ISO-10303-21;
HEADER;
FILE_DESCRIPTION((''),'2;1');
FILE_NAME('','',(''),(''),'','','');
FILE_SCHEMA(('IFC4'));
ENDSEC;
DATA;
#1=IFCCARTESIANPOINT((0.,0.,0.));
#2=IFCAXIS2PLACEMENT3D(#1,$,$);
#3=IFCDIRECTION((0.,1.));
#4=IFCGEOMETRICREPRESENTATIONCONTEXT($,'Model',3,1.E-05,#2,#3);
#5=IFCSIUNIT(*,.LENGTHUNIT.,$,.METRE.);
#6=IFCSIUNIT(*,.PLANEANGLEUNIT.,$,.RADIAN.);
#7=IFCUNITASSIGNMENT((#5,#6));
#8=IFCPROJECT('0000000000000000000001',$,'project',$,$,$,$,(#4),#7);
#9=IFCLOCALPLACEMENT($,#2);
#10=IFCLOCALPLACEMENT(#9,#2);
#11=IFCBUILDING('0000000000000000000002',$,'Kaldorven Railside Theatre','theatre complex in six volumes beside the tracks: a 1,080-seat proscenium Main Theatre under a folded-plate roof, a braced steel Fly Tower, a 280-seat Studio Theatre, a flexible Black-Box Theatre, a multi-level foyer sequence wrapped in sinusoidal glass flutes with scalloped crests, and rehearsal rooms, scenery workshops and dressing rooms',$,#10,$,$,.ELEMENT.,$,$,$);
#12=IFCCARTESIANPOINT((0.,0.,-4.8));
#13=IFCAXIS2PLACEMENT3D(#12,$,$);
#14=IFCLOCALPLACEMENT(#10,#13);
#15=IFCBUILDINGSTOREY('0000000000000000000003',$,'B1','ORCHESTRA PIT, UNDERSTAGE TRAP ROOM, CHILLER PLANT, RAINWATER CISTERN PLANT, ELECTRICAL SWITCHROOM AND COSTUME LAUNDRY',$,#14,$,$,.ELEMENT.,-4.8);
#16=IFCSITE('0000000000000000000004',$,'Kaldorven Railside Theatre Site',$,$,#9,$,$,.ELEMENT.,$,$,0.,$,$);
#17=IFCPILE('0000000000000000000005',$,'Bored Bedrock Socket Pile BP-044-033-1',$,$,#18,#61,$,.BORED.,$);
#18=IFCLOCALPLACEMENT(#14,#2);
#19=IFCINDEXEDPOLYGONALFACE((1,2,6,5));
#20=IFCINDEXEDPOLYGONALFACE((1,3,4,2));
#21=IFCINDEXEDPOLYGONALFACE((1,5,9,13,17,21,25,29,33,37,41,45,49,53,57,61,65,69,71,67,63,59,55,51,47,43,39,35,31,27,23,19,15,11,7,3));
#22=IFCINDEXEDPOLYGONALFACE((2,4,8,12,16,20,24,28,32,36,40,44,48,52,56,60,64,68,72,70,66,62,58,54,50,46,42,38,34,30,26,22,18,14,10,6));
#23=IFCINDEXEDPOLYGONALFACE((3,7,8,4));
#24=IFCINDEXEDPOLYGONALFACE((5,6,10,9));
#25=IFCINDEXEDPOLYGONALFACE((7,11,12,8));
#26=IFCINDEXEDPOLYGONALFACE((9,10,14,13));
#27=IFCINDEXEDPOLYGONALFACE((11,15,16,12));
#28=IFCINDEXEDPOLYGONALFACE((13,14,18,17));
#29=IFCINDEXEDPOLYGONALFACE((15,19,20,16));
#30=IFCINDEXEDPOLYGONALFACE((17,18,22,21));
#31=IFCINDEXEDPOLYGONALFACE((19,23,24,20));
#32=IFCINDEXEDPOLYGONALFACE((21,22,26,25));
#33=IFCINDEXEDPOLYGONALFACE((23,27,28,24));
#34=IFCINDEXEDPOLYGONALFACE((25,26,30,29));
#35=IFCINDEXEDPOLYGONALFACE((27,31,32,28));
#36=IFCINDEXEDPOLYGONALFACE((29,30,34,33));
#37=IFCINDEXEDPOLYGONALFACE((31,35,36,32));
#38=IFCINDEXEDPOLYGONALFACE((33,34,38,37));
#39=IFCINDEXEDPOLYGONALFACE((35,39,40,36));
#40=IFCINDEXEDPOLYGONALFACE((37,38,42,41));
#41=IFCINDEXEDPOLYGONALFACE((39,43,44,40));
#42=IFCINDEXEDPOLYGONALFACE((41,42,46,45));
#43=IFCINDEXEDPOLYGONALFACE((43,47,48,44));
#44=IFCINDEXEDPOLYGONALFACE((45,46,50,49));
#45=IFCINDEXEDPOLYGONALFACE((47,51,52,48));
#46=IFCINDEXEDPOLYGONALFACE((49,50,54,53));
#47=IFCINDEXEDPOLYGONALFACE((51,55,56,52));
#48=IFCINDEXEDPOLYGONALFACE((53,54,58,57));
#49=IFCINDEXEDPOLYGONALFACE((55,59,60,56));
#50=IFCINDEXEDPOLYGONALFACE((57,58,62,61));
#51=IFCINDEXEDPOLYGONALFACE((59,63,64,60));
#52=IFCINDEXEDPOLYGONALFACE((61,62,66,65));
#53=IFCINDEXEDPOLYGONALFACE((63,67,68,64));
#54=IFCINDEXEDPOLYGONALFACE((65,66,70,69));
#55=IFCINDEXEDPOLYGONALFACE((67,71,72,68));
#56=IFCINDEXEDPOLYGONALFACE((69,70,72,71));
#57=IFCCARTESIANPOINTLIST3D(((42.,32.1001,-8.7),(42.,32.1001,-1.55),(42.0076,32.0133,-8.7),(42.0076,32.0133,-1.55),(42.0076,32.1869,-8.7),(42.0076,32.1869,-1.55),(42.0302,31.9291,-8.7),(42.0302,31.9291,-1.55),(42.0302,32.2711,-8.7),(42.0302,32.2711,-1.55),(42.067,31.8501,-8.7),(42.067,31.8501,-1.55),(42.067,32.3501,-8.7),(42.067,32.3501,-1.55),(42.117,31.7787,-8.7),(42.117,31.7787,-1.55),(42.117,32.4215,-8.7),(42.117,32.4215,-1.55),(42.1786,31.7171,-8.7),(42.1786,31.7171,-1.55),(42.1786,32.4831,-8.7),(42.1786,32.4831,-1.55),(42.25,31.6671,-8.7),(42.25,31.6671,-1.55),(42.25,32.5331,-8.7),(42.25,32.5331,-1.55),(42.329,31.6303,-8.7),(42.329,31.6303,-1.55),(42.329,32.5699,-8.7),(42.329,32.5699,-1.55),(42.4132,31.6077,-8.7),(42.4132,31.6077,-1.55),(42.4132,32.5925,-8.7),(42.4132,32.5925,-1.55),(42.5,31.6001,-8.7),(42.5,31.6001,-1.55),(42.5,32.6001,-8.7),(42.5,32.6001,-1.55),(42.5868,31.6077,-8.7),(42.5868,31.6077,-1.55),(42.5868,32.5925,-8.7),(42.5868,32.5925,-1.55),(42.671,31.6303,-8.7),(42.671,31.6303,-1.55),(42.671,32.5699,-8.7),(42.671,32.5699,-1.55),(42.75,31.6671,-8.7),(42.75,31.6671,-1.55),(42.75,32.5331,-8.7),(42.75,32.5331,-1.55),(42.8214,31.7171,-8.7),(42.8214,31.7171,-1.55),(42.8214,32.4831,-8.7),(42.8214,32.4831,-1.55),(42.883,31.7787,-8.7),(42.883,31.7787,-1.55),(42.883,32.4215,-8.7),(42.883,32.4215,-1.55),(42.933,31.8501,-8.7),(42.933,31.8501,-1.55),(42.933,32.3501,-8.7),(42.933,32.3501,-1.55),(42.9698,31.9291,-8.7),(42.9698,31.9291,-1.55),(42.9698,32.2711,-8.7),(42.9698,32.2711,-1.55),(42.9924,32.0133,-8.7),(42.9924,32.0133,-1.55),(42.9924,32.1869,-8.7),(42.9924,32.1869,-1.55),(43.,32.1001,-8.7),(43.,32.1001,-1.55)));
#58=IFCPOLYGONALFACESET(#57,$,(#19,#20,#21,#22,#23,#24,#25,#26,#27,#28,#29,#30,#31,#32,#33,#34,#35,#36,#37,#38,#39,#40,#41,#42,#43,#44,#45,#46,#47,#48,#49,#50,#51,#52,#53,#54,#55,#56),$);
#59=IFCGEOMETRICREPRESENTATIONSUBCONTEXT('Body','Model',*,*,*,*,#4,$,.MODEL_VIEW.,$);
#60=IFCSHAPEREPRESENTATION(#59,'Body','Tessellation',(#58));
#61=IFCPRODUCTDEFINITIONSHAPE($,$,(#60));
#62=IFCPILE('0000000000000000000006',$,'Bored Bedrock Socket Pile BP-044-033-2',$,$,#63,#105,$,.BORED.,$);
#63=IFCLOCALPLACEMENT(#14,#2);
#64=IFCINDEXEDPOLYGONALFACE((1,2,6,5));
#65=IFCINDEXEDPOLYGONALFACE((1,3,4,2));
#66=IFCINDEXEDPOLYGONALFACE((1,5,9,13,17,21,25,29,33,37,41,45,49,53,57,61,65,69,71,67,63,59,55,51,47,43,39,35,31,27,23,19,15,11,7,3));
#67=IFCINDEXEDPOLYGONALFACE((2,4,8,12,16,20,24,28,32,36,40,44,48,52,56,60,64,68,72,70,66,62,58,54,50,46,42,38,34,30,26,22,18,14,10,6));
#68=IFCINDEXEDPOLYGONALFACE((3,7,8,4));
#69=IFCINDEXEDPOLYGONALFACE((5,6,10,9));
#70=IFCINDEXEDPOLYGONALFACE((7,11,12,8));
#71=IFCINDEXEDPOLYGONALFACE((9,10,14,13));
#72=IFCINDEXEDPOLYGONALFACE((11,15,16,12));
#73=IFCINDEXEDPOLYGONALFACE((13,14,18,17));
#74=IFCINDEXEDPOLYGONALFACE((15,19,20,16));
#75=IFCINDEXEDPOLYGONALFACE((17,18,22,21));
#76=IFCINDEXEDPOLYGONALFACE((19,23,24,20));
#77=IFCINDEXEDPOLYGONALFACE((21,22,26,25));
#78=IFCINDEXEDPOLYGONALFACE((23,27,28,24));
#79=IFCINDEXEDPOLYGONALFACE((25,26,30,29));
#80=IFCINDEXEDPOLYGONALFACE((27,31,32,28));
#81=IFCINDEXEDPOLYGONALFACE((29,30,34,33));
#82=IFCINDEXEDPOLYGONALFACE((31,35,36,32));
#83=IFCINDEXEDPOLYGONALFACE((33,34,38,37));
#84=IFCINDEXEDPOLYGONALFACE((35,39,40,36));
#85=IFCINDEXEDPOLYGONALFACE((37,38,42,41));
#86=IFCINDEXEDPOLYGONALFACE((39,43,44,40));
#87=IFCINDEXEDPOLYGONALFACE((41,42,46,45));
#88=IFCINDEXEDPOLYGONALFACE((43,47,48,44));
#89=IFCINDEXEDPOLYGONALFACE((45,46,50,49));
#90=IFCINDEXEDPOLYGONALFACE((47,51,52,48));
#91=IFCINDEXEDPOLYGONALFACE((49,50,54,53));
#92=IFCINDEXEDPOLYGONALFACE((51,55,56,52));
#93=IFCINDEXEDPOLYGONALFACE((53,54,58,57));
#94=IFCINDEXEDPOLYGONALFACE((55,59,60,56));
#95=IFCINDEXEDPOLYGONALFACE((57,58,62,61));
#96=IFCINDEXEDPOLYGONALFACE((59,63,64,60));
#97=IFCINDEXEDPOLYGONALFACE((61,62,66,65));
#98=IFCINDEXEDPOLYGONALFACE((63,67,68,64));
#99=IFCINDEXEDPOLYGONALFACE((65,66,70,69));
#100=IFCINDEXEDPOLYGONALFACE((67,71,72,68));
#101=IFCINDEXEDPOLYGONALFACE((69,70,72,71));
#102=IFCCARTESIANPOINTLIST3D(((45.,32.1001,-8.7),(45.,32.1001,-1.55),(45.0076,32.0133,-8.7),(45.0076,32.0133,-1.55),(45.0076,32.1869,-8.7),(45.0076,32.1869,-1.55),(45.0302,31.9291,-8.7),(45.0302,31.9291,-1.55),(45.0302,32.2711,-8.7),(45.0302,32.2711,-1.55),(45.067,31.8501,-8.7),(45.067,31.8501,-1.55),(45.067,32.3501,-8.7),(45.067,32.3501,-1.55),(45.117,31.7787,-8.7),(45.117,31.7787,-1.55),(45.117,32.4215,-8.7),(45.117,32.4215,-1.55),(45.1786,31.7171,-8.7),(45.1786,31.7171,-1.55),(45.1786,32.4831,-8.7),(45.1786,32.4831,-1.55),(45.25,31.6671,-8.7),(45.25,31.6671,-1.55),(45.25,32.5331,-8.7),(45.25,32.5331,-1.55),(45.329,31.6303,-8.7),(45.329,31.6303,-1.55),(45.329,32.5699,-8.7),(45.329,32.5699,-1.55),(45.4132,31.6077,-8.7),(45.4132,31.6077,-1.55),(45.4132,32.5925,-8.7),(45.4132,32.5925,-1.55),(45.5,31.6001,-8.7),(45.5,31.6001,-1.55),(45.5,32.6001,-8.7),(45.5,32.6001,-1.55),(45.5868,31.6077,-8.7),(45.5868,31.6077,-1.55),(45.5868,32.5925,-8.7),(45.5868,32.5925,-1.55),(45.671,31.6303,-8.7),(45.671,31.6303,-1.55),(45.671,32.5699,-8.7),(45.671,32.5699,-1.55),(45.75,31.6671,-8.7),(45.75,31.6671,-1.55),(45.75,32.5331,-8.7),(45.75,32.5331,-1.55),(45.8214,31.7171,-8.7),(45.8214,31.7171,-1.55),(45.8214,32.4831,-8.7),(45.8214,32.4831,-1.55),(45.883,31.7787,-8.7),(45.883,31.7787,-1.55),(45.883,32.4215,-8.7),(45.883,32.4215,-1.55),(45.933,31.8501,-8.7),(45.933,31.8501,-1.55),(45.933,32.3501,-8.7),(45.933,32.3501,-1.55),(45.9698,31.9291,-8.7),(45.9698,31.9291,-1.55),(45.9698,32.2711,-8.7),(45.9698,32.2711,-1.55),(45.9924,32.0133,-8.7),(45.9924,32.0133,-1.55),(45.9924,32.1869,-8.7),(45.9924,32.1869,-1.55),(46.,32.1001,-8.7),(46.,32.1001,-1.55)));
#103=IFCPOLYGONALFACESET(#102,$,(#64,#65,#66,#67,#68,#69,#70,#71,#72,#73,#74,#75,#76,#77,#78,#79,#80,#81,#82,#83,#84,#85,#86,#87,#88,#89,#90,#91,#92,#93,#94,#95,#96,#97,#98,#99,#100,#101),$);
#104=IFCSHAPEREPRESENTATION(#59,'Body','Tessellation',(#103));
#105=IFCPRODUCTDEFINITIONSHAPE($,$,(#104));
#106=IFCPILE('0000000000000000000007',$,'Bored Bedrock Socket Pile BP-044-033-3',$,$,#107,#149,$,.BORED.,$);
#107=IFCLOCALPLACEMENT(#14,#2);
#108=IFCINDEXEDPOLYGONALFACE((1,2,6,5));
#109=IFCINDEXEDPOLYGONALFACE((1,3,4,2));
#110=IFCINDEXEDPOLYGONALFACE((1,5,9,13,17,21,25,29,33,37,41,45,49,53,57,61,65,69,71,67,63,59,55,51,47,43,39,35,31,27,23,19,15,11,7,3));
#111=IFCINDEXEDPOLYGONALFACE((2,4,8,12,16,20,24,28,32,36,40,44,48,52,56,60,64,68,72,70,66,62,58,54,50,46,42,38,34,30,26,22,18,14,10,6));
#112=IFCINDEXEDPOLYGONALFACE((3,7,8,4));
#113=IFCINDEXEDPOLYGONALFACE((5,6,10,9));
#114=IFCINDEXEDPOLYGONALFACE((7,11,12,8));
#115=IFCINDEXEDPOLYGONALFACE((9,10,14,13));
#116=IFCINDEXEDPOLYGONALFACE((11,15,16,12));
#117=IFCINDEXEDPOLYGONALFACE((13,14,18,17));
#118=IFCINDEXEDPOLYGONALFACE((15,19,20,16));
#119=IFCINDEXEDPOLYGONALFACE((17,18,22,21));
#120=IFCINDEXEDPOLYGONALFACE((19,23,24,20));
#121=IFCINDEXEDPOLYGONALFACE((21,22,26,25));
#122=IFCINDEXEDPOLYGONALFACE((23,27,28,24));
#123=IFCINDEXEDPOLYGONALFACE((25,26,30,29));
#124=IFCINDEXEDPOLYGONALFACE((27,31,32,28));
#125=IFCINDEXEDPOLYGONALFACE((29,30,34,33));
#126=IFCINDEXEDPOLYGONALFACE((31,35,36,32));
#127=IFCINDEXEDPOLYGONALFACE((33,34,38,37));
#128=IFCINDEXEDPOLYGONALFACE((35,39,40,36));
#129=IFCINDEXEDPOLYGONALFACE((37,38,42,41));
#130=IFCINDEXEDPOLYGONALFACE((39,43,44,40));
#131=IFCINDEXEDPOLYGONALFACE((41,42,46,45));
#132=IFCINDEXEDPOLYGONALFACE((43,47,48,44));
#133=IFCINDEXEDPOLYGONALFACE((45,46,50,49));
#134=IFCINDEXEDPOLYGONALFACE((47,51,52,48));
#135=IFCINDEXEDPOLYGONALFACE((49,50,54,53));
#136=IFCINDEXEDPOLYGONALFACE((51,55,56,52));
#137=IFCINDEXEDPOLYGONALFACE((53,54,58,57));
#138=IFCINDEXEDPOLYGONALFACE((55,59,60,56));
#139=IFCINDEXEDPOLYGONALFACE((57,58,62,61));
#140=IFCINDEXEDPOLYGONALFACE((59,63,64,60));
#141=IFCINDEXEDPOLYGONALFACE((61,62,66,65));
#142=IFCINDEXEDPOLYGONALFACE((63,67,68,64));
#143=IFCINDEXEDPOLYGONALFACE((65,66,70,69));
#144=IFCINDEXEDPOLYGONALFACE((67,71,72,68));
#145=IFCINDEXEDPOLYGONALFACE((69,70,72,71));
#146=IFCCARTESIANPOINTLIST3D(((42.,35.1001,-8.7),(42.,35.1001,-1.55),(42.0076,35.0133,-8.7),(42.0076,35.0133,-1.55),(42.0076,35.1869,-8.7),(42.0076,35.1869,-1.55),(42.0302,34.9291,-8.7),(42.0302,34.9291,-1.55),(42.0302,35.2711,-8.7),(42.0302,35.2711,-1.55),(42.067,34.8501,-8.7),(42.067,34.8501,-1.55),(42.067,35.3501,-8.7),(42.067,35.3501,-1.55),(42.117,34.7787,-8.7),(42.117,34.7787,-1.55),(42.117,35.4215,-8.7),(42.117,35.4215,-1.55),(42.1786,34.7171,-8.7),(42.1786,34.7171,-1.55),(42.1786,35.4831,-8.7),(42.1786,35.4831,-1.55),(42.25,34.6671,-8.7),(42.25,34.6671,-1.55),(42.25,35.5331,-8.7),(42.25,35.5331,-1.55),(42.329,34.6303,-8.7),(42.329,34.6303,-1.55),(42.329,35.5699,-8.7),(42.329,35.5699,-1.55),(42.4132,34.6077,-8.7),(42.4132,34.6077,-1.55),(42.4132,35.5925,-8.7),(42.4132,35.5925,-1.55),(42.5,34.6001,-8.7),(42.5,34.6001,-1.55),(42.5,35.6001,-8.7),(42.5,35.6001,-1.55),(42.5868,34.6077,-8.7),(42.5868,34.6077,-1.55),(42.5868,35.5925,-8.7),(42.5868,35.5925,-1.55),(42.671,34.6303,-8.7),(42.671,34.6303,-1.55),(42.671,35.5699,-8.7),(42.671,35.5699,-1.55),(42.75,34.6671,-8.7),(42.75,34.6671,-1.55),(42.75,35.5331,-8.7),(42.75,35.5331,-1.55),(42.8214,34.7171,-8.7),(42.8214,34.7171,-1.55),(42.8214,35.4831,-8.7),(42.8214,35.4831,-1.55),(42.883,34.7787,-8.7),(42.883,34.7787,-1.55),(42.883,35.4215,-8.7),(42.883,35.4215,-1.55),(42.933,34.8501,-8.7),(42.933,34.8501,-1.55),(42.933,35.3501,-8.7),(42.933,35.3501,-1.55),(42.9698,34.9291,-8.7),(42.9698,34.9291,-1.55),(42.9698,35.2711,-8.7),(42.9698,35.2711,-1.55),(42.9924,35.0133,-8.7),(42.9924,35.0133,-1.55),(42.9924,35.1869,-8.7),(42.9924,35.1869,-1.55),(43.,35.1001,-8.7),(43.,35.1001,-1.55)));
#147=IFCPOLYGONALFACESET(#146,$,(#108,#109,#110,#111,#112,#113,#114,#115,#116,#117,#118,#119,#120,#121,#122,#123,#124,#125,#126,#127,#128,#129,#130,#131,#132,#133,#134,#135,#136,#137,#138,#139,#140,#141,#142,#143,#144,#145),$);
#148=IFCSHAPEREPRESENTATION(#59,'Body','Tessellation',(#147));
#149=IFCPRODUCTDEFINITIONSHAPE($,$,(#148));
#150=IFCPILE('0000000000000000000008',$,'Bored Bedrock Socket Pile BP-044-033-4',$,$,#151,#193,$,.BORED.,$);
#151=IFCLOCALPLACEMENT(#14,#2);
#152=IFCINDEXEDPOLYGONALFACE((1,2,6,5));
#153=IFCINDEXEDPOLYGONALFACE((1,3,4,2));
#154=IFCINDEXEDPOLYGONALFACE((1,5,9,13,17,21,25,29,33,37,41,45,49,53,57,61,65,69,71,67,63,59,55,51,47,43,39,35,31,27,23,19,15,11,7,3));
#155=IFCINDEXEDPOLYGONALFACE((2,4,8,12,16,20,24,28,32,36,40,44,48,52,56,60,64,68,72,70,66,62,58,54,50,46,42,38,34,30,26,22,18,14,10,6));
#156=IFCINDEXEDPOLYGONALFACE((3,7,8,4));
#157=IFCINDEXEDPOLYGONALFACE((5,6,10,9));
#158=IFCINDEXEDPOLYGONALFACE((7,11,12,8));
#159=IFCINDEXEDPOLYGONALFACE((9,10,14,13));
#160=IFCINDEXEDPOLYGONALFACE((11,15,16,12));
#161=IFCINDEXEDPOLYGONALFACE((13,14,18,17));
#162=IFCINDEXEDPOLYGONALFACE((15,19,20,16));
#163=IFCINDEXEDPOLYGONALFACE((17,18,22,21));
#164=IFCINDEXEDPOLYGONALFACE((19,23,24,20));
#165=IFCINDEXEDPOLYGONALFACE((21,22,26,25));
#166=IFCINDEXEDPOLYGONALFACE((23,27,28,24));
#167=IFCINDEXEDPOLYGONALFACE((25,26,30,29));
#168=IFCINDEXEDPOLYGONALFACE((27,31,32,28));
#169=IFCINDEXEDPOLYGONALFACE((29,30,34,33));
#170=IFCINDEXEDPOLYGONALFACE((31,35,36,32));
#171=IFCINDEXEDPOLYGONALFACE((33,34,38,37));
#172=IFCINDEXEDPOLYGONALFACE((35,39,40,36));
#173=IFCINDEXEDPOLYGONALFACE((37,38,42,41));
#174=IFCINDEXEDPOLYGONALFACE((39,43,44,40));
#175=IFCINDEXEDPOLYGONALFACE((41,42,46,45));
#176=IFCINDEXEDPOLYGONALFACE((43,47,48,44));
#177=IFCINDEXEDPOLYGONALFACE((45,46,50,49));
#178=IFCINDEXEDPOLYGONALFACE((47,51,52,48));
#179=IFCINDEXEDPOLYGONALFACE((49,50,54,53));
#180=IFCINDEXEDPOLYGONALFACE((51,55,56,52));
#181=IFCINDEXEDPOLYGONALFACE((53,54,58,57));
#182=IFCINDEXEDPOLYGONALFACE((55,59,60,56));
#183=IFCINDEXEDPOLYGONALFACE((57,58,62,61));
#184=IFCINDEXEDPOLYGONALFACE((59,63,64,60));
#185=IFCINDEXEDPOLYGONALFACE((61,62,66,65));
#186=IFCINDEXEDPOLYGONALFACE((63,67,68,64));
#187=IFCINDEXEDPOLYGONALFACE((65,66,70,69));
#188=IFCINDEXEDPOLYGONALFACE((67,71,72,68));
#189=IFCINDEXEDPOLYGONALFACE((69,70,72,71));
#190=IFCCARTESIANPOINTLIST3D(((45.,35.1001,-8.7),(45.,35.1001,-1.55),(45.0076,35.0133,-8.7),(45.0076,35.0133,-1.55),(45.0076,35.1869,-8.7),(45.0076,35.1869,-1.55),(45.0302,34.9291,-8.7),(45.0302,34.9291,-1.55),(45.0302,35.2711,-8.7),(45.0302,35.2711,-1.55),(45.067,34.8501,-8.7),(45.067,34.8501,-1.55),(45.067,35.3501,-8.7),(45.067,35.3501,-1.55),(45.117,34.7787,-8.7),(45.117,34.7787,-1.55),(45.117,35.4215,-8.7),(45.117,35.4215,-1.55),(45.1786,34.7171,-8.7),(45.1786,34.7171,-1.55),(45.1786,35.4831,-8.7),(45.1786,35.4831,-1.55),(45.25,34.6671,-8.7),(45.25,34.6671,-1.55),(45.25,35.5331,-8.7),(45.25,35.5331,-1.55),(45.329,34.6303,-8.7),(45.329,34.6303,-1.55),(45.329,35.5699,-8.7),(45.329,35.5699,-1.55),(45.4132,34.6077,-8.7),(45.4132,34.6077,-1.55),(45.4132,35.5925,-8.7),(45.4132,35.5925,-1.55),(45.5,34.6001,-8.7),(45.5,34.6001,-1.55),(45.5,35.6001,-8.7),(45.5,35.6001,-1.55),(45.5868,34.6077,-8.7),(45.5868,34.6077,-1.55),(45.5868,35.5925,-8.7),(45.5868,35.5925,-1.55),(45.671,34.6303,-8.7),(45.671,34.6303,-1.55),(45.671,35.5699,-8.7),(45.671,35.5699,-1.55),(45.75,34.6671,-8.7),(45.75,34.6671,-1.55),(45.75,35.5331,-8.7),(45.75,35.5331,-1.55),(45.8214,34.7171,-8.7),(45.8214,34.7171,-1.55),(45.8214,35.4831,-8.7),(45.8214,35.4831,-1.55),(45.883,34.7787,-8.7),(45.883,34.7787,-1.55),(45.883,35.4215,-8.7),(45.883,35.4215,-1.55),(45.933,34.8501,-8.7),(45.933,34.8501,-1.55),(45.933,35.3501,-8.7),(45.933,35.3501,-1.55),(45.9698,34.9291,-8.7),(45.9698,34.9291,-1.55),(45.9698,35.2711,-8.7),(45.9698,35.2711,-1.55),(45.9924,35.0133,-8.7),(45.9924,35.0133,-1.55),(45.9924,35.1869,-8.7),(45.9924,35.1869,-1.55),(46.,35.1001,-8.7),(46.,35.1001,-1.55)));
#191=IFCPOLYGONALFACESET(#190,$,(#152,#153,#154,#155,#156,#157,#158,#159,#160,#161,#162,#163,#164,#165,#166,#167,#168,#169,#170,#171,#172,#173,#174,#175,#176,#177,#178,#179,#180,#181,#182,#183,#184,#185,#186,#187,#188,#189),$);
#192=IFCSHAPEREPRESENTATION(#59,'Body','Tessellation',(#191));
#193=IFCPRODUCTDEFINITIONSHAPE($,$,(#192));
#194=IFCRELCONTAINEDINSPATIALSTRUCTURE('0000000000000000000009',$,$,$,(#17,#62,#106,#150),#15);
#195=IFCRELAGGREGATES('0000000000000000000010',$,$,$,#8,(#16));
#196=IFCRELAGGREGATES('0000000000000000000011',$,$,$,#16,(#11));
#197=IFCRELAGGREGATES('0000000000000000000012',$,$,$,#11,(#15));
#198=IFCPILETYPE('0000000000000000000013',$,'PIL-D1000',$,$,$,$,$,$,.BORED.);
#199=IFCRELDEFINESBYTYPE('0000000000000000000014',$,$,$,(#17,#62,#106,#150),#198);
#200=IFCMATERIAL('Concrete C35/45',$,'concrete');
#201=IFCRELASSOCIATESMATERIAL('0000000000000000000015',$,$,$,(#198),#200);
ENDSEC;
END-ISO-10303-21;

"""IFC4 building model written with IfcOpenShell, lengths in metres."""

from ifc_helpers import new_model, si_unit, direction, frame, origin, origin_2d, place, context, subcontext, project, spatial, circle, extrude, material, material_profile, profile_set, type_object, element, save


model = new_model("IFC4")

# Units and contexts
model_context = context("Model", 3, precision=1e-05, world=origin(), true_north=direction((0.0, 1.0)))
body_context = subcontext(model_context, "Body", "Model", "MODEL_VIEW")
ifc_project = project(units=[si_unit("LENGTHUNIT", "METRE"), si_unit("PLANEANGLEUNIT", "RADIAN")], contexts=[model_context])

# Site, building, storey
site_placement = place(None, origin())
site = spatial("IfcSite", under=ifc_project, at=site_placement, Name="Kaldorven Railside Theatre Site", CompositionType="ELEMENT", RefElevation=0.0)
building_placement = place(site_placement, origin())
building = spatial("IfcBuilding", under=site, at=building_placement, Name="Kaldorven Railside Theatre", Description="theatre complex in six volumes beside the tracks: a 1,080-seat proscenium Main Theatre under a folded-plate roof, a braced steel Fly Tower, a 280-seat Studio Theatre, a flexible Black-Box Theatre, a multi-level foyer sequence wrapped in sinusoidal glass flutes with scalloped crests, and rehearsal rooms, scenery workshops and dressing rooms", CompositionType="ELEMENT")
storey_placement = place(building_placement, frame((0.0, 0.0, -4.8)))
storey = spatial("IfcBuildingStorey", under=building, at=storey_placement, Name="B1", Description="ORCHESTRA PIT, UNDERSTAGE TRAP ROOM, CHILLER PLANT, RAINWATER CISTERN PLANT, ELECTRICAL SWITCHROOM AND COSTUME LAUNDRY", CompositionType="ELEMENT", Elevation=-4.8)

# Piles
ifc_material_1 = material(Name="Concrete C35/45", Category="concrete")
ifc_material_profile_1 = material_profile(ifc_material_1, circle(Radius=0.5, at=origin_2d()), Name="BP D1000")
ifc_profile_set_1 = profile_set([ifc_material_profile_1], Name="Concrete C35/45")
pile_type_1 = type_object("IfcPileType", Name="PIL-D1000", PredefinedType="BORED", material=ifc_profile_set_1)
for number, where, z_axis, x_axis, name in (
    (1, (42.5, 32.1001, -1.55), (0.0, 0.0, -1.0), (1.0, 0.0, 0.0), "Bored Bedrock Socket Pile BP-044-033-1"),
    (2, (45.5, 32.1001, -1.55), (0.0, 0.0, -1.0), (1.0, 0.0, 0.0), "Bored Bedrock Socket Pile BP-044-033-2"),
    (3, (42.5, 35.1001, -1.55), (0.0, 0.0, -1.0), (1.0, 0.0, 0.0), "Bored Bedrock Socket Pile BP-044-033-3"),
    (4, (45.5, 35.1001, -1.55), (0.0, 0.0, -1.0), (1.0, 0.0, 0.0), "Bored Bedrock Socket Pile BP-044-033-4"),
):
    element("IfcPile", number, at=place(storey_placement, frame(where, z_axis=z_axis, x_axis=x_axis)), inside=storey, type_object=pile_type_1, Name=name, PredefinedType="BORED", context=body_context, shape_type="SweptSolid", body=[
        extrude(circle(Radius=0.5, at=origin_2d()), origin(), (0.0, 0.0, 1.0), 7.1499),
    ])

save(model, "model.ifc")
